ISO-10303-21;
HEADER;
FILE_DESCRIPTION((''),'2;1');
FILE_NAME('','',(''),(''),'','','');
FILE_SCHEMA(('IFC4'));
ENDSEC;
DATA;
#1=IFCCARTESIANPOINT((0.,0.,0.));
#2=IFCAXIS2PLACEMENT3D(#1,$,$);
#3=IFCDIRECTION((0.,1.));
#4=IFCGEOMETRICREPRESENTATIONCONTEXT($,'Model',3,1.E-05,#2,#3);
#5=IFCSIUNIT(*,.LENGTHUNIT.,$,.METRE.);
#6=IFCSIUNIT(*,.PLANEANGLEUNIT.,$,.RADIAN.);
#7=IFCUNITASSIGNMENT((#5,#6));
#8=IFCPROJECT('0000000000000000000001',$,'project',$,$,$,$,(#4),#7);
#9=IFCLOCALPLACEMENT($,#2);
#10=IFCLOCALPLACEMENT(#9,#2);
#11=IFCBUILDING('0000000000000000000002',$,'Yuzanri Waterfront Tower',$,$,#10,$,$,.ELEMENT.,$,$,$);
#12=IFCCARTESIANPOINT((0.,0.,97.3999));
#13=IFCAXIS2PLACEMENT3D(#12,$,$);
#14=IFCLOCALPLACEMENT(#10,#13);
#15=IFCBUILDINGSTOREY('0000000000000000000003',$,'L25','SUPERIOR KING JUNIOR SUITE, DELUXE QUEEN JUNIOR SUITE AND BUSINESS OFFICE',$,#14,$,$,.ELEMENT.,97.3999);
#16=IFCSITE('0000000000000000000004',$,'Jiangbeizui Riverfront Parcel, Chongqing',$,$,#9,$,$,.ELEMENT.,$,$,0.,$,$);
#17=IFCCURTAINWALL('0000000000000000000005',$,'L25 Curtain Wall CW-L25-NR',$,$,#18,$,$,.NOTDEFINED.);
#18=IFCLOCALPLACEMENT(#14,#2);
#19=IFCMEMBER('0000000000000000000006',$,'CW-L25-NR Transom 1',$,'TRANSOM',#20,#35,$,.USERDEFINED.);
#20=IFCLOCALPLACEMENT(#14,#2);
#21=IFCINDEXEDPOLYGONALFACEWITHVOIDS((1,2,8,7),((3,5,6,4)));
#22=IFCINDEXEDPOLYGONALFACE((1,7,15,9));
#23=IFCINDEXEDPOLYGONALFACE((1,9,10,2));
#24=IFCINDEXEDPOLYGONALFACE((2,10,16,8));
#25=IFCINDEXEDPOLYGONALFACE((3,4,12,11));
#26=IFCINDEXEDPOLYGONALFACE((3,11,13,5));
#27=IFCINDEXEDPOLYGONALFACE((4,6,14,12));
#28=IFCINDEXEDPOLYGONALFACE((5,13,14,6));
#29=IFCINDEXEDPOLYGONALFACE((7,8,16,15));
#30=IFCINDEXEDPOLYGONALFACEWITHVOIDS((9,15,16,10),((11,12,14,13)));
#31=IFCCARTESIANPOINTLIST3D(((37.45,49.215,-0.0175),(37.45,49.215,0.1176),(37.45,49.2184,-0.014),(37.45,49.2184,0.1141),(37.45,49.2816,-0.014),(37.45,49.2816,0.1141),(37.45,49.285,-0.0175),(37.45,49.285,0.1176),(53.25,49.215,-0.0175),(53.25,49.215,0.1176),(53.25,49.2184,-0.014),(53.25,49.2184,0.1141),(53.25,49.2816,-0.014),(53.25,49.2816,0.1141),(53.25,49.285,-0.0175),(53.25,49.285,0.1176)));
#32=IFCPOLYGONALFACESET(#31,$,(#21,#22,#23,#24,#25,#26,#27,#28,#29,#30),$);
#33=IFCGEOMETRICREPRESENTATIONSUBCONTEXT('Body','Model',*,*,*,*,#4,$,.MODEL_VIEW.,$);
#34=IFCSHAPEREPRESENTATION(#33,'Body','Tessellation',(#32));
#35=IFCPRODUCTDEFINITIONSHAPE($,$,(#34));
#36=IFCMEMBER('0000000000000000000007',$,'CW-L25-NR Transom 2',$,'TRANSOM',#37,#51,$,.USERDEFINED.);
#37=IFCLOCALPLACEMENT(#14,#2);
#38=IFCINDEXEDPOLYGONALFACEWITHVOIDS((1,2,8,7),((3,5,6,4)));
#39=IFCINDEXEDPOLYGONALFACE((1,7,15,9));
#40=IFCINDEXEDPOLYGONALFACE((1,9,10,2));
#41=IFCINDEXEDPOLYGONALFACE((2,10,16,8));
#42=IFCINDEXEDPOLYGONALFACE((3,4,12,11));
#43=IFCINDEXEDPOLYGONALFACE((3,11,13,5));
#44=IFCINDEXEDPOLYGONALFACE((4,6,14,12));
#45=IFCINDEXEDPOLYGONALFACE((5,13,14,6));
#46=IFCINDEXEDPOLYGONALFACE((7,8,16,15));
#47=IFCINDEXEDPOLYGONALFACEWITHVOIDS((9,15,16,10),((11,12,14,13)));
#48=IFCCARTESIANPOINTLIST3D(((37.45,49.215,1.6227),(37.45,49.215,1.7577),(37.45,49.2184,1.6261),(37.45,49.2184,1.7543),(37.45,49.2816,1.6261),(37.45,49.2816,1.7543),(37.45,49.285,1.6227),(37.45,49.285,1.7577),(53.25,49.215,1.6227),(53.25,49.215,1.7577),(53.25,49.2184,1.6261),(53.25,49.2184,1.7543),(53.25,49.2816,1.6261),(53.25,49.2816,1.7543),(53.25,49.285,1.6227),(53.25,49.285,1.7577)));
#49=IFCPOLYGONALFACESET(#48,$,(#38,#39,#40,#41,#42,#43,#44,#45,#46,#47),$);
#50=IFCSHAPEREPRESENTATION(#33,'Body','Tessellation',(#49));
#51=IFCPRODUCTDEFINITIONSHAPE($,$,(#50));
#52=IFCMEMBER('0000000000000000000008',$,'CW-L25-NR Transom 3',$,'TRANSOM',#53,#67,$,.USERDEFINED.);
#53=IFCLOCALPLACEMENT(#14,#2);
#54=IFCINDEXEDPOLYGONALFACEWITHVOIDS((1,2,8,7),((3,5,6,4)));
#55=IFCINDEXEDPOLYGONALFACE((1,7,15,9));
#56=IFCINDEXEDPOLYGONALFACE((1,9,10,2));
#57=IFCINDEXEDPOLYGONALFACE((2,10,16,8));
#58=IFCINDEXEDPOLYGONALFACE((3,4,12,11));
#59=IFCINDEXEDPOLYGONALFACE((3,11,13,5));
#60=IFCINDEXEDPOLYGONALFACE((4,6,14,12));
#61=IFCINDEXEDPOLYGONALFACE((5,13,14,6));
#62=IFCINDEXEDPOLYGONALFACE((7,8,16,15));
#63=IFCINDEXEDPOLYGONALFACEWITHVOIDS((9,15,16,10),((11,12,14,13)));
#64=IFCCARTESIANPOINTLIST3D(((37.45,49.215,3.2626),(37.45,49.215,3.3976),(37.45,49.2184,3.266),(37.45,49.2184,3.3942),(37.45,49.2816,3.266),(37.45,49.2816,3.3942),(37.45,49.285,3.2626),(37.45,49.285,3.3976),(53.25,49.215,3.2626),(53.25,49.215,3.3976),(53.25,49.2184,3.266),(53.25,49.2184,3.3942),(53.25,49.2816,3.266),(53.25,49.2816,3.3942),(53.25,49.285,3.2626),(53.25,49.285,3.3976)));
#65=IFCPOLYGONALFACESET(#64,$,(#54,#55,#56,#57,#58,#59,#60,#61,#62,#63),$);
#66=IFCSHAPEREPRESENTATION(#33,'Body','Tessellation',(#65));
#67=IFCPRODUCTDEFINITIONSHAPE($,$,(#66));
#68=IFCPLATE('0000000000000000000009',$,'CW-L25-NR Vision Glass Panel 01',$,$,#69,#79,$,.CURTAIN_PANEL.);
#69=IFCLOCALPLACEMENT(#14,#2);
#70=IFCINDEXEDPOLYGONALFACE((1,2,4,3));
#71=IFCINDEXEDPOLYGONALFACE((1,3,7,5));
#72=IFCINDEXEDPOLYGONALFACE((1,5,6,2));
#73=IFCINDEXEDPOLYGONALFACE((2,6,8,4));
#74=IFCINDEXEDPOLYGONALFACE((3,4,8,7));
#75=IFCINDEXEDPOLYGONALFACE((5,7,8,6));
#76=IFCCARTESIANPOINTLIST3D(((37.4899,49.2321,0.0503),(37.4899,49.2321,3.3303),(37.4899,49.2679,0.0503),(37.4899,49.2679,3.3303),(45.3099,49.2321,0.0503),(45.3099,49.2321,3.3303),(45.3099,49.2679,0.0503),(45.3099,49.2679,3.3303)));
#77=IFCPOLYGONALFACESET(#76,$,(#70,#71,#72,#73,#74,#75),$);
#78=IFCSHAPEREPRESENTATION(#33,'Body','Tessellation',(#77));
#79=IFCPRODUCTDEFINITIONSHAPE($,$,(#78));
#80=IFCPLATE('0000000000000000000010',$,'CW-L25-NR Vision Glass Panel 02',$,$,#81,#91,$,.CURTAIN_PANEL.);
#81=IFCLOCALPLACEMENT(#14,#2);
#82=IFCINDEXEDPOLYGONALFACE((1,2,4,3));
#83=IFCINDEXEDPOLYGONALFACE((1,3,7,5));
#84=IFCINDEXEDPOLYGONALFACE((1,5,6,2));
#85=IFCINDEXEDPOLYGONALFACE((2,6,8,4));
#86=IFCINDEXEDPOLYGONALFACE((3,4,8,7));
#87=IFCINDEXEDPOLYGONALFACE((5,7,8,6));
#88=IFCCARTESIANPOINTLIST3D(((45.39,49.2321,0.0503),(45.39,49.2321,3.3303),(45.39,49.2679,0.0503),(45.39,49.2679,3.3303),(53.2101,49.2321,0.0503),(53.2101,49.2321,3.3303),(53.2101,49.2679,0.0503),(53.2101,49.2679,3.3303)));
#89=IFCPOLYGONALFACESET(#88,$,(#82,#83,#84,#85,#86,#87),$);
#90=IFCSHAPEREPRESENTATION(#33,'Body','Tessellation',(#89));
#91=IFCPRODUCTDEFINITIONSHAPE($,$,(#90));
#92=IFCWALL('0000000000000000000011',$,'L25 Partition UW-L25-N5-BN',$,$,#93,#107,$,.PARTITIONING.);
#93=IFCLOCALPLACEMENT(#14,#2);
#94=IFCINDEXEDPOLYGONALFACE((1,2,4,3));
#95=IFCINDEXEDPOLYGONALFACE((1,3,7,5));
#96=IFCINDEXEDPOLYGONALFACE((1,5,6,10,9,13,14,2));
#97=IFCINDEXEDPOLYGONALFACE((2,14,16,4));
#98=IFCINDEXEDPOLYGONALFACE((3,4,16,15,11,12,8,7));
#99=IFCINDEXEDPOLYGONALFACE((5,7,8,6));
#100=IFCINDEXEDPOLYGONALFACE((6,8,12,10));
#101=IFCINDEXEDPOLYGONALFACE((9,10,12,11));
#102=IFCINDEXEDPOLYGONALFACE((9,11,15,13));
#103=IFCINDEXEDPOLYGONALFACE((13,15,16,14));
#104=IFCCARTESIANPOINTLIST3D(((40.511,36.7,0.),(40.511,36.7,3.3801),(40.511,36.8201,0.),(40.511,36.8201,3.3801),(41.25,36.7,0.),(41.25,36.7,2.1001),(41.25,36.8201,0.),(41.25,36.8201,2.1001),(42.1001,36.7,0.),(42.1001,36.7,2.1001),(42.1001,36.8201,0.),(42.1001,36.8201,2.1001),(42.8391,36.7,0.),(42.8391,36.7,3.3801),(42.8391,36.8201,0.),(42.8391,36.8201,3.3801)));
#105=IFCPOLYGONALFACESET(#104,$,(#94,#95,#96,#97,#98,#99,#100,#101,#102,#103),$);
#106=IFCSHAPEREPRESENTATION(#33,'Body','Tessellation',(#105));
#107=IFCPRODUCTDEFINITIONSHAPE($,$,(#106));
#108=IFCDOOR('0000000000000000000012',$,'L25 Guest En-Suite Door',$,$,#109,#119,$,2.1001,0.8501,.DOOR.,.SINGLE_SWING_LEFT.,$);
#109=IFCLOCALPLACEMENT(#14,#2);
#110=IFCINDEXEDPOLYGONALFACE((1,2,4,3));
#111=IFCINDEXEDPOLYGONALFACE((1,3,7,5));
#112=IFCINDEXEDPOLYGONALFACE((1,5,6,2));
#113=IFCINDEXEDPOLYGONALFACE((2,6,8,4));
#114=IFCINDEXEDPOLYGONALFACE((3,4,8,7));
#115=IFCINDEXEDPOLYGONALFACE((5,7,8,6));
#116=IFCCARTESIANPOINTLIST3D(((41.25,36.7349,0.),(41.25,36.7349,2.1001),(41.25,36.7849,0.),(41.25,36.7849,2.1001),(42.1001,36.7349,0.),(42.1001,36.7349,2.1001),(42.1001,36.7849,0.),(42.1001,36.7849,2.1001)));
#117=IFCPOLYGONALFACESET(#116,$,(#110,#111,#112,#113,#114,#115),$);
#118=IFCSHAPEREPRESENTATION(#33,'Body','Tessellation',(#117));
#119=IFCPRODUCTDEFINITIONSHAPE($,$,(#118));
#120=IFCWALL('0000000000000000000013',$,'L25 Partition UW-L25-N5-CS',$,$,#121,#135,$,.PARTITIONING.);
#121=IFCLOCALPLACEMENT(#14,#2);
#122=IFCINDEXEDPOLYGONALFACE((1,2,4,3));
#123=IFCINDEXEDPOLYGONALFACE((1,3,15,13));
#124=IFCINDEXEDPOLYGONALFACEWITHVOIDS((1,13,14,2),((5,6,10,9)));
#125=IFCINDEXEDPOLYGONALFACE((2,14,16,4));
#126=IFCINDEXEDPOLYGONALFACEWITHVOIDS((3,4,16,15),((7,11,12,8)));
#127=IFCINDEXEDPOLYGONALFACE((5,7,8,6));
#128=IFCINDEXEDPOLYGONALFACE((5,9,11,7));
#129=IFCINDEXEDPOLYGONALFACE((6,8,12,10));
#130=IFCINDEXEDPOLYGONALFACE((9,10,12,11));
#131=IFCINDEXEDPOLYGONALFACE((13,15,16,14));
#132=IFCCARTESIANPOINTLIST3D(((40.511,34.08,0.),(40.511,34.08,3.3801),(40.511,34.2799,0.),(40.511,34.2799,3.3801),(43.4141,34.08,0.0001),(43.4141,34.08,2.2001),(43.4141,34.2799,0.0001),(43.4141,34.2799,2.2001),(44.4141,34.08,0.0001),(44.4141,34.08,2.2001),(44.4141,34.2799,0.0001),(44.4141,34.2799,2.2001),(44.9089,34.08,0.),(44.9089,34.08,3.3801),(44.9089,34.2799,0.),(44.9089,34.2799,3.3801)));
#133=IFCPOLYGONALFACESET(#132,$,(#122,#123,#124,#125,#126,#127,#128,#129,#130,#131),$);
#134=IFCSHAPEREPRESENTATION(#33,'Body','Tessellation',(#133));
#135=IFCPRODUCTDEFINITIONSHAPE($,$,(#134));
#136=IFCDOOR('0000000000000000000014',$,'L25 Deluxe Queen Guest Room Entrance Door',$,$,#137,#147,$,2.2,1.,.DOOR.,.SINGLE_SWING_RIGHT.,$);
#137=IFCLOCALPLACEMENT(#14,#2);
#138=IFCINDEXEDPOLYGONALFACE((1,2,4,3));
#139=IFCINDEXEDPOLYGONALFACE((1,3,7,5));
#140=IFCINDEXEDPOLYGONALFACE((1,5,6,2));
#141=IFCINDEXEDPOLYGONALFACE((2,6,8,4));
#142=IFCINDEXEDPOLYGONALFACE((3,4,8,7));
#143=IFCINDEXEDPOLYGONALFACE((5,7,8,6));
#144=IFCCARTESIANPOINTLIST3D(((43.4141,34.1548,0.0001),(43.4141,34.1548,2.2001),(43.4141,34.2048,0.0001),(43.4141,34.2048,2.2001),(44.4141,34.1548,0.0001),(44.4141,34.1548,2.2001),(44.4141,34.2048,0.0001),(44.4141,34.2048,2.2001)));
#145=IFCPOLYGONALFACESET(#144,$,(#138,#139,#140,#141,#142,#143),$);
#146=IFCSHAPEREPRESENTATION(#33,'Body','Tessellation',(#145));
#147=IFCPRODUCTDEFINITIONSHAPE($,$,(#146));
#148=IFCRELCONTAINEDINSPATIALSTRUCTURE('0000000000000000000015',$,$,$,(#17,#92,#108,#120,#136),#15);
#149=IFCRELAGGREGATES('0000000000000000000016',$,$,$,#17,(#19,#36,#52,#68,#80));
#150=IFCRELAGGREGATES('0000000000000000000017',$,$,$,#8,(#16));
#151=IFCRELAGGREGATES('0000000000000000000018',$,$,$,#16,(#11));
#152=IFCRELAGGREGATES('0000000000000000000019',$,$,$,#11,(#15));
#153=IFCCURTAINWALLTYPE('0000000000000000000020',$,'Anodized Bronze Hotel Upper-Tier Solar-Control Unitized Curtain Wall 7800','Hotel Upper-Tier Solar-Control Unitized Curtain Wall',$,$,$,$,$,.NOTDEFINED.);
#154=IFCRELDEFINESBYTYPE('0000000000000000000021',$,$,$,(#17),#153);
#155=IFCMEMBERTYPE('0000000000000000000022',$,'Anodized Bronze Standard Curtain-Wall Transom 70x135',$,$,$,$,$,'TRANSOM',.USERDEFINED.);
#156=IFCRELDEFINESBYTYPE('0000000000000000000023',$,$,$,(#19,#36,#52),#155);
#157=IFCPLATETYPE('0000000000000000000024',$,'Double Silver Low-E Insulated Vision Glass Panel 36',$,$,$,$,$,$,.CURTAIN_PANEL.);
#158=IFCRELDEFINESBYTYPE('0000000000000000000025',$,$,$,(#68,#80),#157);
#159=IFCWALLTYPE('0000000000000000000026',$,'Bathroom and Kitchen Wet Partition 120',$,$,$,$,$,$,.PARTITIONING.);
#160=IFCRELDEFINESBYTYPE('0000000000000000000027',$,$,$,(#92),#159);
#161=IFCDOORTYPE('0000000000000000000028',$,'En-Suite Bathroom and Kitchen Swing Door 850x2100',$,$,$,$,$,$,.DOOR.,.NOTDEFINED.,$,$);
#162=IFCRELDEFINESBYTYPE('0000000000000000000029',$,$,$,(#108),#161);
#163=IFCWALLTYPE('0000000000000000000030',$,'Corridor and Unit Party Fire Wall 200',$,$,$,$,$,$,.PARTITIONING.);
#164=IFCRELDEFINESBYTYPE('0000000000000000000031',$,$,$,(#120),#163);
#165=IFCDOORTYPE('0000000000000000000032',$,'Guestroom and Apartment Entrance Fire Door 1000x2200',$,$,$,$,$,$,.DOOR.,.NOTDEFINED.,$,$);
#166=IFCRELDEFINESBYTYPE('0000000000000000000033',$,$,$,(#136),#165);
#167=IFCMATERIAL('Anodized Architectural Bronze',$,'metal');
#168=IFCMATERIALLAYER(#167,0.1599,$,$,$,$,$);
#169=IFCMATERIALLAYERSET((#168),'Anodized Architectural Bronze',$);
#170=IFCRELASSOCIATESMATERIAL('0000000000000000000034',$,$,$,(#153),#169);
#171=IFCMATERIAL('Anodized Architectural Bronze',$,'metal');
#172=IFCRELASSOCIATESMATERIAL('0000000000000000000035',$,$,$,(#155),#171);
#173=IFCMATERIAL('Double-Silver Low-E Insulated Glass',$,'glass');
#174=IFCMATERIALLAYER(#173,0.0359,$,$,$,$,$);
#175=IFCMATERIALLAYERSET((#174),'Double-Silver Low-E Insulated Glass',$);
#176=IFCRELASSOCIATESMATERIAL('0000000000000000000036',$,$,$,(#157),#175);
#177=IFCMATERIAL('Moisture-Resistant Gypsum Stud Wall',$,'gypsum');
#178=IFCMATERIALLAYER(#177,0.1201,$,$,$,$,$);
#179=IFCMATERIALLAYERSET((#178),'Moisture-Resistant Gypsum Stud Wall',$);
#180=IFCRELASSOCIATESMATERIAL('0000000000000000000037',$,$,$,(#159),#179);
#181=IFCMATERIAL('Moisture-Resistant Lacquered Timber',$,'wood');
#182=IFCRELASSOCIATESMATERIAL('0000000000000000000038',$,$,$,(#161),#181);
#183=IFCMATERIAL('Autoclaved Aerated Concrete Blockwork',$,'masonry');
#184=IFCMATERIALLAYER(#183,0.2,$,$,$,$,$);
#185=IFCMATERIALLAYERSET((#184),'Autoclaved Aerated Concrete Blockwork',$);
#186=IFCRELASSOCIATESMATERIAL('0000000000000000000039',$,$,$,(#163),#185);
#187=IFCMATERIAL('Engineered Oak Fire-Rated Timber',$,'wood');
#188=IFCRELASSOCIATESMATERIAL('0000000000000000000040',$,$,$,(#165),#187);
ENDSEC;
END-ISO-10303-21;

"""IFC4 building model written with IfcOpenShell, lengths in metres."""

from ifc_helpers import new_model, si_unit, direction, frame, frame_2d, origin, origin_2d, place, context, subcontext, project, spatial, rectangle, hollow_rectangle, extrude, source, transform, mapped, material, layer, layer_set, material_profile, profile_set, type_object, element, fill, aggregate, save


model = new_model("IFC4")

# Units and contexts
model_context = context("Model", 3, precision=1e-05, world=origin(), true_north=direction((0.0, 1.0)))
body_context = subcontext(model_context, "Body", "Model", "MODEL_VIEW")
ifc_project = project(units=[si_unit("LENGTHUNIT", "METRE"), si_unit("PLANEANGLEUNIT", "RADIAN")], contexts=[model_context])

# Site, building, storey
site_placement = place(None, origin())
site = spatial("IfcSite", under=ifc_project, at=site_placement, Name="Jiangbeizui Riverfront Parcel, Chongqing", CompositionType="ELEMENT", RefElevation=0.0)
building_placement = place(site_placement, origin())
building = spatial("IfcBuilding", under=site, at=building_placement, Name="Yuzanri Waterfront Tower", CompositionType="ELEMENT")
storey_placement = place(building_placement, frame((0.0, 0.0, 97.3999)))
storey = spatial("IfcBuildingStorey", under=building, at=storey_placement, Name="L25", Description="SUPERIOR KING JUNIOR SUITE, DELUXE QUEEN JUNIOR SUITE AND BUSINESS OFFICE", CompositionType="ELEMENT", Elevation=97.3999)

# Shared definitions
ifc_material_1 = material(Name="Anodized Architectural Bronze", Category="metal")
ifc_layer_1 = layer(ifc_material_1, 0.1599)
ifc_layer_set_1 = layer_set([ifc_layer_1], Name="Anodized Architectural Bronze")
curtain_wall_type = type_object("IfcCurtainWallType", Name="Anodized Bronze Hotel Upper-Tier Solar-Control Unitized Curtain Wall 7800", Description="Hotel Upper-Tier Solar-Control Unitized Curtain Wall", PredefinedType="NOTDEFINED", material=ifc_layer_set_1)

# Curtain wall, members, plates
curtain_wall_1_placement = place(storey_placement, origin())
curtain_wall_1 = element("IfcCurtainWall", 1, at=curtain_wall_1_placement, inside=storey, type_object=curtain_wall_type, Name="L25 Curtain Wall CW-L25-NR", PredefinedType="NOTDEFINED")
ifc_material_2 = material(Name="Anodized Architectural Bronze", Category="metal")
ifc_material_profile_1 = material_profile(ifc_material_2, hollow_rectangle(XDim=0.0701, YDim=0.135, WallThickness=0.0034, at=origin_2d()), Name="CWT 70x135")
ifc_profile_set_1 = profile_set([ifc_material_profile_1], Name="Anodized Architectural Bronze")
member_type_1 = type_object("IfcMemberType", Name="Anodized Bronze Standard Curtain-Wall Transom 70x135", ElementType="TRANSOM", PredefinedType="USERDEFINED", material=ifc_profile_set_1)
shared_shape_1 = source(origin(), body_context, "Body", "SweptSolid", [
    extrude(hollow_rectangle(XDim=0.0701, YDim=0.135, WallThickness=0.0034, at=origin_2d()), origin(), (0.0, 0.0, 1.0), 15.8),
])
member_1_placement = place(storey_placement, frame((37.45, 49.25, 0.05), z_axis=(1.0, 0.0, 0.0), x_axis=(0.0, 1.0, 0.0)))
member_1 = element("IfcMember", 2, at=member_1_placement, type_object=member_type_1, Name="CW-L25-NR Transom 1", ObjectType="TRANSOM", PredefinedType="USERDEFINED", context=body_context, shape_type="MappedRepresentation", body=[
    mapped(shared_shape_1, transform((0.0, 0.0, 0.0), scale=1.0)),
])
member_2_placement = place(storey_placement, frame((37.45, 49.25, 1.6902), z_axis=(1.0, 0.0, 0.0), x_axis=(0.0, 1.0, 0.0)))
member_2 = element("IfcMember", 3, at=member_2_placement, type_object=member_type_1, Name="CW-L25-NR Transom 2", ObjectType="TRANSOM", PredefinedType="USERDEFINED", context=body_context, shape_type="MappedRepresentation", body=[
    mapped(shared_shape_1, transform((0.0, 0.0, 0.0), scale=1.0)),
])
member_3_placement = place(storey_placement, frame((37.45, 49.25, 3.3301), z_axis=(1.0, 0.0, 0.0), x_axis=(0.0, 1.0, 0.0)))
member_3 = element("IfcMember", 4, at=member_3_placement, type_object=member_type_1, Name="CW-L25-NR Transom 3", ObjectType="TRANSOM", PredefinedType="USERDEFINED", context=body_context, shape_type="MappedRepresentation", body=[
    mapped(shared_shape_1, transform((0.0, 0.0, 0.0), scale=1.0)),
])
ifc_material_3 = material(Name="Double-Silver Low-E Insulated Glass", Category="glass")
ifc_layer_2 = layer(ifc_material_3, 0.0359)
ifc_layer_set_2 = layer_set([ifc_layer_2], Name="Double-Silver Low-E Insulated Glass")
plate_type = type_object("IfcPlateType", Name="Double Silver Low-E Insulated Vision Glass Panel 36", PredefinedType="CURTAIN_PANEL", material=ifc_layer_set_2)
shared_shape_2 = source(origin(), body_context, "Body", "SweptSolid", [
    extrude(rectangle(XDim=7.8201, YDim=0.0359, at=origin_2d()), origin(), (0.0, 0.0, 1.0), 3.28),
])
plate_1_placement = place(storey_placement, frame((41.3999, 49.25, 0.0503), z_axis=(0.0, 0.0, 1.0), x_axis=(1.0, 0.0, 0.0)))
plate_1 = element("IfcPlate", 5, at=plate_1_placement, type_object=plate_type, Name="CW-L25-NR Vision Glass Panel 01", PredefinedType="CURTAIN_PANEL", context=body_context, shape_type="MappedRepresentation", body=[
    mapped(shared_shape_2, transform((0.0, 0.0, 0.0), scale=1.0)),
])
plate_2_placement = place(storey_placement, frame((49.3, 49.25, 0.0503), z_axis=(0.0, 0.0, 1.0), x_axis=(1.0, 0.0, 0.0)))
plate_2 = element("IfcPlate", 6, at=plate_2_placement, type_object=plate_type, Name="CW-L25-NR Vision Glass Panel 02", PredefinedType="CURTAIN_PANEL", context=body_context, shape_type="MappedRepresentation", body=[
    mapped(shared_shape_2, transform((0.0, 0.0, 0.0), scale=1.0)),
])
aggregate(curtain_wall_1, [member_1, member_2, member_3, plate_1, plate_2])

# Walls, openings, doors
ifc_material_4 = material(Name="Moisture-Resistant Gypsum Stud Wall", Category="gypsum")
ifc_layer_3 = layer(ifc_material_4, 0.1201)
ifc_layer_set_3 = layer_set([ifc_layer_3], Name="Moisture-Resistant Gypsum Stud Wall")
wall_type_1 = type_object("IfcWallType", Name="Bathroom and Kitchen Wet Partition 120", PredefinedType="PARTITIONING", material=ifc_layer_set_3)
wall_1_placement = place(storey_placement, frame((40.511, 36.76, 0.0), z_axis=(0.0, 0.0, 1.0), x_axis=(1.0, 0.0, 0.0)))
wall_1 = element("IfcWall", 7, at=wall_1_placement, inside=storey, type_object=wall_type_1, Name="L25 Partition UW-L25-N5-BN", PredefinedType="PARTITIONING", context=body_context, shape_type="SweptSolid", body=[
    extrude(rectangle(XDim=2.3281, YDim=0.1201, at=frame_2d((1.1641, 0.0))), origin(), (0.0, 0.0, 1.0), 3.3801),
])
opening_1_placement = place(wall_1_placement, frame((0.739, 0.0, 0.0)))
opening_1 = element("IfcOpeningElement", 8, at=opening_1_placement, cuts=wall_1, PredefinedType="OPENING", context=body_context, shape_type="SweptSolid", body=[
    extrude(rectangle(XDim=0.8501, YDim=2.1001, at=frame_2d((0.425, 1.05))), frame((0.0, 0.075, 0.0), z_axis=(0.0, -1.0, 0.0), x_axis=(1.0, 0.0, 0.0)), (0.0, 0.0, 1.0), 0.1499),
])
ifc_material_5 = material(Name="Moisture-Resistant Lacquered Timber", Category="wood")
door_type_1 = type_object("IfcDoorType", Name="En-Suite Bathroom and Kitchen Swing Door 850x2100", OperationType="NOTDEFINED", PredefinedType="DOOR", material=ifc_material_5)
shared_shape_3 = source(origin(), body_context, "Body", "SweptSolid", [
    extrude(rectangle(XDim=0.8501, YDim=2.1001, at=frame_2d((0.425, 1.05))), frame((0.0, 0.0249, 0.0), z_axis=(0.0, -1.0, 0.0), x_axis=(1.0, 0.0, 0.0)), (0.0, 0.0, 1.0), 0.05),
])
door_1_placement = place(opening_1_placement, origin())
door_1 = element("IfcDoor", 9, at=door_1_placement, inside=storey, type_object=door_type_1, Name="L25 Guest En-Suite Door", OperationType="SINGLE_SWING_LEFT", OverallHeight=2.1001, OverallWidth=0.8501, PredefinedType="DOOR", context=body_context, shape_type="MappedRepresentation", body=[
    mapped(shared_shape_3, transform((0.0, 0.0, 0.0), scale=1.0)),
])
fill(opening_1, door_1)
ifc_material_6 = material(Name="Autoclaved Aerated Concrete Blockwork", Category="masonry")
ifc_layer_4 = layer(ifc_material_6, 0.2)
ifc_layer_set_4 = layer_set([ifc_layer_4], Name="Autoclaved Aerated Concrete Blockwork")
wall_type_2 = type_object("IfcWallType", Name="Corridor and Unit Party Fire Wall 200", PredefinedType="PARTITIONING", material=ifc_layer_set_4)
wall_2_placement = place(storey_placement, frame((40.511, 34.1799, 0.0), z_axis=(0.0, 0.0, 1.0), x_axis=(1.0, 0.0, 0.0)))
wall_2 = element("IfcWall", 10, at=wall_2_placement, inside=storey, type_object=wall_type_2, Name="L25 Partition UW-L25-N5-CS", PredefinedType="PARTITIONING", context=body_context, shape_type="SweptSolid", body=[
    extrude(rectangle(XDim=4.3979, YDim=0.2, at=frame_2d((2.199, 0.0))), origin(), (0.0, 0.0, 1.0), 3.3801),
])
opening_2_placement = place(wall_2_placement, frame((2.9031, 0.0, 0.0)))
opening_2 = element("IfcOpeningElement", 11, at=opening_2_placement, cuts=wall_2, PredefinedType="OPENING", context=body_context, shape_type="SweptSolid", body=[
    extrude(rectangle(XDim=1.0, YDim=2.2, at=frame_2d((0.5, 1.1001))), frame((0.0, 0.1147, 0.0), z_axis=(0.0, -1.0, 0.0), x_axis=(1.0, 0.0, 0.0)), (0.0, 0.0, 1.0), 0.2297),
])
ifc_material_7 = material(Name="Engineered Oak Fire-Rated Timber", Category="wood")
door_type_2 = type_object("IfcDoorType", Name="Guestroom and Apartment Entrance Fire Door 1000x2200", OperationType="NOTDEFINED", PredefinedType="DOOR", material=ifc_material_7)
shared_shape_4 = source(origin(), body_context, "Body", "SweptSolid", [
    extrude(rectangle(XDim=1.0, YDim=2.2, at=frame_2d((0.5, 1.1001))), frame((0.0, 0.0249, 0.0), z_axis=(0.0, -1.0, 0.0), x_axis=(1.0, 0.0, 0.0)), (0.0, 0.0, 1.0), 0.05),
])
door_2_placement = place(opening_2_placement, origin())
door_2 = element("IfcDoor", 12, at=door_2_placement, inside=storey, type_object=door_type_2, Name="L25 Deluxe Queen Guest Room Entrance Door", OperationType="SINGLE_SWING_RIGHT", OverallHeight=2.2, OverallWidth=1.0, PredefinedType="DOOR", context=body_context, shape_type="MappedRepresentation", body=[
    mapped(shared_shape_4, transform((0.0, 0.0, 0.0), scale=1.0)),
])
fill(opening_2, door_2)

save(model, "model.ifc")
